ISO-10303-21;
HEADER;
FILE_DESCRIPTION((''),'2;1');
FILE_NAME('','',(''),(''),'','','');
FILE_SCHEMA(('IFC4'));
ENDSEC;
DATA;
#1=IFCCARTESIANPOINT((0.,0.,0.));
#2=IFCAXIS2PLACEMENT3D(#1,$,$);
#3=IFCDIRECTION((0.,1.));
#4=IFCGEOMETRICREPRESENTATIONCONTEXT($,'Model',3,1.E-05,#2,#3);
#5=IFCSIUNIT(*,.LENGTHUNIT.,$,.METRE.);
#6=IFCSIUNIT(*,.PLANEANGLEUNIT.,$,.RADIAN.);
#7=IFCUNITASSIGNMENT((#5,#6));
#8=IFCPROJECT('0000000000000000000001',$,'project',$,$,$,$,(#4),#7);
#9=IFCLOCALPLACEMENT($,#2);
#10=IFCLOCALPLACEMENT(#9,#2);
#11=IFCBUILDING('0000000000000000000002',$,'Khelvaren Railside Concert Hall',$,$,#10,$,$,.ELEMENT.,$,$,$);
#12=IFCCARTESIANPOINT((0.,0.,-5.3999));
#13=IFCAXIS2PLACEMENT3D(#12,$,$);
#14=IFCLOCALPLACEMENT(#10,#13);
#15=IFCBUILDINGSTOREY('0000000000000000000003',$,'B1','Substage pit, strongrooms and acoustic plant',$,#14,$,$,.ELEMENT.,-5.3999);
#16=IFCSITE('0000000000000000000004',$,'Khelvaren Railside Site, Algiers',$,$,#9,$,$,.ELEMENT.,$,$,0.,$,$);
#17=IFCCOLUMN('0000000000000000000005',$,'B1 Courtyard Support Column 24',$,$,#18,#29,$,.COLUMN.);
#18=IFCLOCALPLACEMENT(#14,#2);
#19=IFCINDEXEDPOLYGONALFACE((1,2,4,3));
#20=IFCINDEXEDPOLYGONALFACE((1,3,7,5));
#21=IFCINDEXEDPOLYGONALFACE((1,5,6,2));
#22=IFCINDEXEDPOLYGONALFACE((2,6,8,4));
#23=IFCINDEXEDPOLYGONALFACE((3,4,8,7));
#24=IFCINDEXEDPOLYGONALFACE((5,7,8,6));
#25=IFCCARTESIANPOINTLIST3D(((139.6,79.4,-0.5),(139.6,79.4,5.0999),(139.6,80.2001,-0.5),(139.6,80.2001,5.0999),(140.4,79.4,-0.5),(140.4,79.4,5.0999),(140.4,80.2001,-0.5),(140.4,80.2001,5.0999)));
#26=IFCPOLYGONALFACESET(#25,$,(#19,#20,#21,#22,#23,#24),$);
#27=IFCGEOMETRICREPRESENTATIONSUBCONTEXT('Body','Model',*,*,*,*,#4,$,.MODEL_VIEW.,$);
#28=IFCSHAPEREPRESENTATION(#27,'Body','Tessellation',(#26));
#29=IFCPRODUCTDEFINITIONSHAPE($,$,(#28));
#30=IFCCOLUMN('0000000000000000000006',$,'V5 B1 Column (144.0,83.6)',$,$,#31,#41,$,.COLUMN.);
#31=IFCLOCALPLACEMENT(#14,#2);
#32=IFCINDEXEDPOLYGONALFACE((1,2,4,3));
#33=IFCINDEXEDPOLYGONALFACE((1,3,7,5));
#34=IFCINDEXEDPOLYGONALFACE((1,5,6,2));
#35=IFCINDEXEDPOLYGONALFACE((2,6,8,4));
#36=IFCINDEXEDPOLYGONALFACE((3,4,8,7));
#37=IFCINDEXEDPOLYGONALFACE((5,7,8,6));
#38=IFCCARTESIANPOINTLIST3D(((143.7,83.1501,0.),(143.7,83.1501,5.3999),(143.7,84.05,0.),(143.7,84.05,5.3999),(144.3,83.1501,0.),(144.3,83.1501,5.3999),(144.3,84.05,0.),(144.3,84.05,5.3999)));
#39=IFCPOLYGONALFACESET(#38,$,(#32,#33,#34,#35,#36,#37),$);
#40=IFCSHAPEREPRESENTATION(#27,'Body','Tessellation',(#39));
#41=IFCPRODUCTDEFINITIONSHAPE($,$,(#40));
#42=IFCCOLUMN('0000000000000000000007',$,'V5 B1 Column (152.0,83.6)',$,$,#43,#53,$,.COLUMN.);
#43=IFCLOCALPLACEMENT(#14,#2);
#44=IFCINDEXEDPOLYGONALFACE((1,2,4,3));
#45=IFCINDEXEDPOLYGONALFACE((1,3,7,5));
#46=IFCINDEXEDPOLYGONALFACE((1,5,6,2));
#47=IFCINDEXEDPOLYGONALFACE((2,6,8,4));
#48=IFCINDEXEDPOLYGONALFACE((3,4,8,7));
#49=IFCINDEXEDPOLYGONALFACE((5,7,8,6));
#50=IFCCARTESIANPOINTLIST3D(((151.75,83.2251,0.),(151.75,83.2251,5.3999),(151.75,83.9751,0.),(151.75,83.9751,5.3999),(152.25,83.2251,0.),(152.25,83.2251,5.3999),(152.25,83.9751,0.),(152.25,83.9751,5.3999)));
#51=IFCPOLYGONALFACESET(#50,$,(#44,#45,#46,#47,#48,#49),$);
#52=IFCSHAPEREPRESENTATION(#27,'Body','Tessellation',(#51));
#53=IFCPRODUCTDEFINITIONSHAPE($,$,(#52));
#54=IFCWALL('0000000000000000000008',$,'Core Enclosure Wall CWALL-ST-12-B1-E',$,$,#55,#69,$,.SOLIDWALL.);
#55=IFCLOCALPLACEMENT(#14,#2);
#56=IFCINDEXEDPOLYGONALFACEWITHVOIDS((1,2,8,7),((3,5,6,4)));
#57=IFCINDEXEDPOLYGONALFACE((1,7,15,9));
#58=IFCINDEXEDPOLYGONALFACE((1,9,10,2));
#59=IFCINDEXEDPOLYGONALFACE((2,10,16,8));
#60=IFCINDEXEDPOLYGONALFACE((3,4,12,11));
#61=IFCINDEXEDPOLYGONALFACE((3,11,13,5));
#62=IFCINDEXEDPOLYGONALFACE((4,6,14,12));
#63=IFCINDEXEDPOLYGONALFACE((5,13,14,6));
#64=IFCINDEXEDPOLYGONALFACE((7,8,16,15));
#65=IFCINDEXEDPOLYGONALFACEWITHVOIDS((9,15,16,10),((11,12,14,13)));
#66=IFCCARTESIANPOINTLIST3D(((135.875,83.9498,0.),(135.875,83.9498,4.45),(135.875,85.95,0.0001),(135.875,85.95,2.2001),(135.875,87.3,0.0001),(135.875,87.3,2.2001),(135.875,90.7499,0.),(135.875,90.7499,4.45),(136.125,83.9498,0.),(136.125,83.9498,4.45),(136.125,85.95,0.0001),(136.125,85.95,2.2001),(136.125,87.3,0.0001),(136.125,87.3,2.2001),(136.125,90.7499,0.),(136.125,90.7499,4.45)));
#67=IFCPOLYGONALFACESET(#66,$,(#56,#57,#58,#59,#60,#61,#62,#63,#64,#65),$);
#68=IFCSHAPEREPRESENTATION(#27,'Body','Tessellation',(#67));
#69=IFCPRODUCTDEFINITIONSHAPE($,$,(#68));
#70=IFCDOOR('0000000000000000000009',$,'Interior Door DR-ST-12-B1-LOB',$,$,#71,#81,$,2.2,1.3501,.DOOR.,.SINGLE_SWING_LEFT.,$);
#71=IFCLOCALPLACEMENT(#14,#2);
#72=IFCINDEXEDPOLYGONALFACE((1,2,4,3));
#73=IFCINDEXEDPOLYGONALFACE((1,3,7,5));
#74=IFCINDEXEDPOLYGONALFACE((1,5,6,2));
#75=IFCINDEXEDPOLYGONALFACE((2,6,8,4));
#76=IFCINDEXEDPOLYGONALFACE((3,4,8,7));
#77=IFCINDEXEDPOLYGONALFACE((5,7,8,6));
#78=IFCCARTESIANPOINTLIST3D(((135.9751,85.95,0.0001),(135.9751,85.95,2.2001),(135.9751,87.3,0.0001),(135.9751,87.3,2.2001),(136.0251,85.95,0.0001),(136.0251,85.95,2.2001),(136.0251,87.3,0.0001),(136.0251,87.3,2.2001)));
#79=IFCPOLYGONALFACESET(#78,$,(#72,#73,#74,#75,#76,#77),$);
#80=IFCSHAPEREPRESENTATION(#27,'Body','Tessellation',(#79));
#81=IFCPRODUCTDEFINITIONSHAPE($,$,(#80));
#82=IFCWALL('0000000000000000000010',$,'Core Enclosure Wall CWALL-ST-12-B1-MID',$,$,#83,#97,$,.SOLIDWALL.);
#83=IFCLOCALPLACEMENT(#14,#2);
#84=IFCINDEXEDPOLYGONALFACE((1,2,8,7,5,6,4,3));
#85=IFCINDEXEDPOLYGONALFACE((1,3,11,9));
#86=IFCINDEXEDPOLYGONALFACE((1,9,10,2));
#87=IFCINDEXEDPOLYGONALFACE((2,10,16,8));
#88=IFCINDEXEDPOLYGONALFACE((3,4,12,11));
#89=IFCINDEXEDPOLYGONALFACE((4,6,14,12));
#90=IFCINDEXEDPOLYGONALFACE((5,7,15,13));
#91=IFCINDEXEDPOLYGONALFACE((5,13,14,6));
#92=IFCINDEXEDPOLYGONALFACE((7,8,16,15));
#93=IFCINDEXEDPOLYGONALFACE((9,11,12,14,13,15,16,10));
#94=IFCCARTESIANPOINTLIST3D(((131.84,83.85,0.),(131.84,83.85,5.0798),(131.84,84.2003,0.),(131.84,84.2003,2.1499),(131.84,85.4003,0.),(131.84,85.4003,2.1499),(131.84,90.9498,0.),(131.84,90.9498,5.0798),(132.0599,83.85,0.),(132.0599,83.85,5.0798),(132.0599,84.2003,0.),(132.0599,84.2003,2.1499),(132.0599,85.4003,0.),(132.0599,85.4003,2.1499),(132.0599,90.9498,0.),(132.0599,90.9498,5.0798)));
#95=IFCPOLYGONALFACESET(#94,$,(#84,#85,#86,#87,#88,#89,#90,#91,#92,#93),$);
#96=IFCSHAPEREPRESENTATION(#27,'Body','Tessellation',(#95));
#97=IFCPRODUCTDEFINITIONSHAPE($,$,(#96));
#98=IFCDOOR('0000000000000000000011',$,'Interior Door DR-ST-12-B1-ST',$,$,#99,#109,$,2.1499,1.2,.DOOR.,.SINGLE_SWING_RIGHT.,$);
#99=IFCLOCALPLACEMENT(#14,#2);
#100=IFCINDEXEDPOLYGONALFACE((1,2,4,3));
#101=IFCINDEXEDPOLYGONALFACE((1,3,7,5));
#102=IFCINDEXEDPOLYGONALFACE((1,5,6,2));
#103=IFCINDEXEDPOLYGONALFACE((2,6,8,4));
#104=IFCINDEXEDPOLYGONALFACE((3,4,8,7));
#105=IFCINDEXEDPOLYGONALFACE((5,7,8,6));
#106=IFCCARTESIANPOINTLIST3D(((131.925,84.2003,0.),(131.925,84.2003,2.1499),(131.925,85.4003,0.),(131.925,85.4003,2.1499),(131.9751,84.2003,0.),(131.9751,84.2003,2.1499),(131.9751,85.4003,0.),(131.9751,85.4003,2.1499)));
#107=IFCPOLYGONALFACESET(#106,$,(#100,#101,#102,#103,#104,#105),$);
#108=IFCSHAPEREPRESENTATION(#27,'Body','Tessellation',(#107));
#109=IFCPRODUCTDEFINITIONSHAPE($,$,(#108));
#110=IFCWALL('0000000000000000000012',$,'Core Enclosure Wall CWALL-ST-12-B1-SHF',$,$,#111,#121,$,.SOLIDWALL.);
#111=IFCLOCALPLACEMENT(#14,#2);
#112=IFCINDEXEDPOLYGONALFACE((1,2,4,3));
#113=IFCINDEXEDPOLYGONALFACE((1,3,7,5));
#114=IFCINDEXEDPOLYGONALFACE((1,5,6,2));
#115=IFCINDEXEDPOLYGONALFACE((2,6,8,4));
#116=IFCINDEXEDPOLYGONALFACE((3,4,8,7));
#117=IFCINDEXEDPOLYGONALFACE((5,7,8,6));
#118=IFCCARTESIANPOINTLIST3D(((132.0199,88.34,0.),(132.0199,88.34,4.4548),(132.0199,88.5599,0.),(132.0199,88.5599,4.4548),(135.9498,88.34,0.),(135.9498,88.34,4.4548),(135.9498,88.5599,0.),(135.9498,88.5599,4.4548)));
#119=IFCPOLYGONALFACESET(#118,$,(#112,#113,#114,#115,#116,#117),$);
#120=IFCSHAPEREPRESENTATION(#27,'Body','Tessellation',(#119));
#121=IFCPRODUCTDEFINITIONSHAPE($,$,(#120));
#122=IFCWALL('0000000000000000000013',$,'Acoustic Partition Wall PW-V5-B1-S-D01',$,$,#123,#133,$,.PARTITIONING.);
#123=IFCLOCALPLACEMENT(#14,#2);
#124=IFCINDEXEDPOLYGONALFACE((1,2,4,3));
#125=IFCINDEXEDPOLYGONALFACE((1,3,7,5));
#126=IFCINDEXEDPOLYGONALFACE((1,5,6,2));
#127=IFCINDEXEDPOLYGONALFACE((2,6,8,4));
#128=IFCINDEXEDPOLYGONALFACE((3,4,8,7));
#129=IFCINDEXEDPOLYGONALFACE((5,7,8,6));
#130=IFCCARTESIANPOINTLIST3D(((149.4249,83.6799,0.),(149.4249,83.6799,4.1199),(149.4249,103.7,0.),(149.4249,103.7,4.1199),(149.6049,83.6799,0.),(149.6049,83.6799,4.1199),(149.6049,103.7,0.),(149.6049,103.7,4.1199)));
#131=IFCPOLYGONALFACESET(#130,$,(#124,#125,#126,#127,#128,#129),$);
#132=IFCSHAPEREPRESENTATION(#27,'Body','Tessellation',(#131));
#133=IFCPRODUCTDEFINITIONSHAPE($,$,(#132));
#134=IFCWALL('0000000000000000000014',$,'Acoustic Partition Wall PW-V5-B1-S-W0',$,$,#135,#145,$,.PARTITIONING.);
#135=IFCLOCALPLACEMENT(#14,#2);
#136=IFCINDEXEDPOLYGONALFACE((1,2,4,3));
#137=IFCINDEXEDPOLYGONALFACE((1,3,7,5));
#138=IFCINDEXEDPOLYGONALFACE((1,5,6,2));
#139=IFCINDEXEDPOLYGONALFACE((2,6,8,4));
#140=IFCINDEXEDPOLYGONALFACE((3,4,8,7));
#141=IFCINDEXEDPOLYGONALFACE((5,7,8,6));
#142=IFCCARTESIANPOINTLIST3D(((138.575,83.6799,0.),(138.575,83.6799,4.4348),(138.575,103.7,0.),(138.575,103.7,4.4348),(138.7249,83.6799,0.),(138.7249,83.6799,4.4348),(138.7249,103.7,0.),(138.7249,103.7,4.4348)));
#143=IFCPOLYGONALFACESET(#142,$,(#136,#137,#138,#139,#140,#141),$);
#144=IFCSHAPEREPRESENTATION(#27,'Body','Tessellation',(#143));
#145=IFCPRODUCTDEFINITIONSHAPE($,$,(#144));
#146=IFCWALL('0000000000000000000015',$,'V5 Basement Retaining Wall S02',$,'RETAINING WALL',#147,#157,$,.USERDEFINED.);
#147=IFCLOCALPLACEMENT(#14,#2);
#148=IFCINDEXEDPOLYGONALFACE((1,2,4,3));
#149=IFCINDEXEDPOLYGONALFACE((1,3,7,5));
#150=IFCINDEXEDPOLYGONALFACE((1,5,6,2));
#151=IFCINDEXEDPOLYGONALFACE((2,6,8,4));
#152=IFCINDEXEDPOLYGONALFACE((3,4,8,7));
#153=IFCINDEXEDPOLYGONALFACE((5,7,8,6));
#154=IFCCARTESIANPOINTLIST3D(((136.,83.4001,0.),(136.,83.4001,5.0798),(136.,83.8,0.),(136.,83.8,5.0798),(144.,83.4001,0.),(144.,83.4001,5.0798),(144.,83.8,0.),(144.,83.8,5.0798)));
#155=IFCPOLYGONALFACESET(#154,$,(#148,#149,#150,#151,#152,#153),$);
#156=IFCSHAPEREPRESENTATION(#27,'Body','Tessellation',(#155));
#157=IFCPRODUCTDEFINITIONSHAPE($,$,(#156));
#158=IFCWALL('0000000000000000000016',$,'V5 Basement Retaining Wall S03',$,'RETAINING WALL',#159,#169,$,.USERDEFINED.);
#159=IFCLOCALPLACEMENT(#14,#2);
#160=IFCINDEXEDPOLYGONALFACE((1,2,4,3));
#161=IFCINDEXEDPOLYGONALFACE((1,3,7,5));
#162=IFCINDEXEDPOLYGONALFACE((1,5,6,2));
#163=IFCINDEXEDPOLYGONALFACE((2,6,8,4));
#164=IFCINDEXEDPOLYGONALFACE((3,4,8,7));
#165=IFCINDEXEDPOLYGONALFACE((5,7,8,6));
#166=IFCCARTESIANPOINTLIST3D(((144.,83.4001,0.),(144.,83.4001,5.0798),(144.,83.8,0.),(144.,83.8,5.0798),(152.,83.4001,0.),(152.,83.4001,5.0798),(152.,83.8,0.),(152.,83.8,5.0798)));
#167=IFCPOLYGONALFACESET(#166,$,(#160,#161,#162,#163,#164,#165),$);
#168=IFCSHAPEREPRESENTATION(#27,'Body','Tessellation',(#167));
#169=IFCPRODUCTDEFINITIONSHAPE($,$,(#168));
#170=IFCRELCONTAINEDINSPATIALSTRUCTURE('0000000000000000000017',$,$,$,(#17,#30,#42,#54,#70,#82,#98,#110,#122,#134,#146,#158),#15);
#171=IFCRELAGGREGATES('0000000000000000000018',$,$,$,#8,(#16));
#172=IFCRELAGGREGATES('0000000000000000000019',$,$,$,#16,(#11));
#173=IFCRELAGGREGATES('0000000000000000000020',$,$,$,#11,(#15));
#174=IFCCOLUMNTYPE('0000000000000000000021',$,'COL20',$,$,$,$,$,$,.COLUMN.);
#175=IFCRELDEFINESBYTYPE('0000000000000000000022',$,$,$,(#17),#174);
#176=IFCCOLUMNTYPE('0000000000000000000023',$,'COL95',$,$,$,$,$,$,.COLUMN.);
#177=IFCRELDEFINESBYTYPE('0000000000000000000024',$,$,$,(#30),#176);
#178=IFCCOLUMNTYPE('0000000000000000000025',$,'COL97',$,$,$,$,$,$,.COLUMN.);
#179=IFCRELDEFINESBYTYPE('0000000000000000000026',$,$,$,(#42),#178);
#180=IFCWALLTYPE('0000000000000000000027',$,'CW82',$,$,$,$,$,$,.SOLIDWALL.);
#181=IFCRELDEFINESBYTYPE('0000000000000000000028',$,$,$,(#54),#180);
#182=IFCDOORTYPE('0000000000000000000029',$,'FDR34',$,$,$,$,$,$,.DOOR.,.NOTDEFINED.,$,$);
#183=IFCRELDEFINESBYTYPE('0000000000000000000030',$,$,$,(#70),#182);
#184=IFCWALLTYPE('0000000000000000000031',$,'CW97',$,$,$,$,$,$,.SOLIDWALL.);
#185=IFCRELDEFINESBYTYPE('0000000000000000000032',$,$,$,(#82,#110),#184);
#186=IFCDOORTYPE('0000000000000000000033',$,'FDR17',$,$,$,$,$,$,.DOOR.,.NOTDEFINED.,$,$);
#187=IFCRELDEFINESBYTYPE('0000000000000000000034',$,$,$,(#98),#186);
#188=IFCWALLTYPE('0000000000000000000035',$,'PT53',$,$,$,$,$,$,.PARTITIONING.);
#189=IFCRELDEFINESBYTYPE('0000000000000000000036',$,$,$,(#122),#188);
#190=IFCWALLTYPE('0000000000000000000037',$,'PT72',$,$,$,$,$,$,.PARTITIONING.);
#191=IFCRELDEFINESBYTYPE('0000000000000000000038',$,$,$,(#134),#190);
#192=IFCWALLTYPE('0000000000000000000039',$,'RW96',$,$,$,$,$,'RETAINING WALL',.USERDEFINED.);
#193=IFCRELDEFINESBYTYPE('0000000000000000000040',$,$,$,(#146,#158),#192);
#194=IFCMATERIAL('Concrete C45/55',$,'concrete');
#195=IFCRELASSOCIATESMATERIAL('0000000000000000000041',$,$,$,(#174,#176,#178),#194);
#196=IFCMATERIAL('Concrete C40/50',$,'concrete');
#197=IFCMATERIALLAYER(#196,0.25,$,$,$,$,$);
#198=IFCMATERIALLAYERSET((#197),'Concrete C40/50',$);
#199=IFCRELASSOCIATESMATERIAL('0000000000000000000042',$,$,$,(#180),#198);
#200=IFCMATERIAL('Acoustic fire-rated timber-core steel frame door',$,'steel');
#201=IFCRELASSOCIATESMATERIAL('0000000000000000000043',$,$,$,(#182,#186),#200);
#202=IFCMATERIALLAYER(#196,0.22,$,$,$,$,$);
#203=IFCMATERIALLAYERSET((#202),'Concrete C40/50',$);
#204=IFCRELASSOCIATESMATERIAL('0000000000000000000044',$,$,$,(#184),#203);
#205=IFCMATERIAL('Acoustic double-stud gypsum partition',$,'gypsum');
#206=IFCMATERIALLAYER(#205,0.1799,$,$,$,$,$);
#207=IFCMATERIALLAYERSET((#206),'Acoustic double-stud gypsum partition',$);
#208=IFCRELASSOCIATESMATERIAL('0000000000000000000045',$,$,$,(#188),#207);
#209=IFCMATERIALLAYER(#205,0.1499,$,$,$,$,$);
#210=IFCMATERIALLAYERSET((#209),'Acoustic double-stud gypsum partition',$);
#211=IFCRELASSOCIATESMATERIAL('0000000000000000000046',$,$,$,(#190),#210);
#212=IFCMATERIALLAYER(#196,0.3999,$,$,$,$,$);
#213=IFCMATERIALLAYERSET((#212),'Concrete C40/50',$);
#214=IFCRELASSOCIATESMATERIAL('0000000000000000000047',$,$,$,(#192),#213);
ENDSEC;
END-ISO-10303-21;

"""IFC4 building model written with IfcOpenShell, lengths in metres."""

from ifc_helpers import new_model, si_unit, direction, frame, frame_2d, origin, origin_2d, place, context, subcontext, project, spatial, rectangle, extrude, material, layer, layer_set, material_profile, profile_set, type_object, element, fill, save


model = new_model("IFC4")

# Units and contexts
model_context = context("Model", 3, precision=1e-05, world=origin(), true_north=direction((0.0, 1.0)))
body_context = subcontext(model_context, "Body", "Model", "MODEL_VIEW")
ifc_project = project(units=[si_unit("LENGTHUNIT", "METRE"), si_unit("PLANEANGLEUNIT", "RADIAN")], contexts=[model_context])

# Site, building, storey
site_placement = place(None, origin())
site = spatial("IfcSite", under=ifc_project, at=site_placement, Name="Khelvaren Railside Site, Algiers", CompositionType="ELEMENT", RefElevation=0.0)
building_placement = place(site_placement, origin())
building = spatial("IfcBuilding", under=site, at=building_placement, Name="Khelvaren Railside Concert Hall", CompositionType="ELEMENT")
storey_placement = place(building_placement, frame((0.0, 0.0, -5.3999)))
storey = spatial("IfcBuildingStorey", under=building, at=storey_placement, Name="B1", Description="Substage pit, strongrooms and acoustic plant", CompositionType="ELEMENT", Elevation=-5.3999)

# Columns
ifc_material_1 = material(Name="Concrete C45/55", Category="concrete")
ifc_material_profile_1 = material_profile(ifc_material_1, rectangle(XDim=0.8, YDim=0.8, at=origin_2d()), Name="RC 800x800")
ifc_profile_set_1 = profile_set([ifc_material_profile_1], Name="Concrete C45/55")
column_type_1 = type_object("IfcColumnType", Name="COL20", PredefinedType="COLUMN", material=ifc_profile_set_1)
for number, where, z_axis, x_axis, name in (
    (1, (140.0, 79.8, -0.5), (0.0, 0.0, 1.0), (1.0, 0.0, 0.0), "B1 Courtyard Support Column 24"),
):
    element("IfcColumn", number, at=place(storey_placement, frame(where, z_axis=z_axis, x_axis=x_axis)), inside=storey, type_object=column_type_1, Name=name, PredefinedType="COLUMN", context=body_context, shape_type="SweptSolid", body=[
        extrude(rectangle(XDim=0.8, YDim=0.8, at=origin_2d()), origin(), (0.0, 0.0, 1.0), 5.5999),
    ])
ifc_material_profile_2 = material_profile(ifc_material_1, rectangle(XDim=0.6001, YDim=0.8999, at=origin_2d()), Name="RC 600x900")
ifc_profile_set_2 = profile_set([ifc_material_profile_2], Name="Concrete C45/55")
column_type_2 = type_object("IfcColumnType", Name="COL95", PredefinedType="COLUMN", material=ifc_profile_set_2)
column_1_placement = place(storey_placement, frame((144.0, 83.6001, 0.0), z_axis=(0.0, 0.0, 1.0), x_axis=(1.0, 0.0, 0.0)))
element("IfcColumn", 2, at=column_1_placement, inside=storey, type_object=column_type_2, Name="V5 B1 Column (144.0,83.6)", PredefinedType="COLUMN", context=body_context, shape_type="SweptSolid", body=[
    extrude(rectangle(XDim=0.6001, YDim=0.8999, at=origin_2d()), origin(), (0.0, 0.0, 1.0), 5.3999),
])
ifc_material_profile_3 = material_profile(ifc_material_1, rectangle(XDim=0.5, YDim=0.75, at=origin_2d()), Name="RC 500x750")
ifc_profile_set_3 = profile_set([ifc_material_profile_3], Name="Concrete C45/55")
column_type_3 = type_object("IfcColumnType", Name="COL97", PredefinedType="COLUMN", material=ifc_profile_set_3)
column_2_placement = place(storey_placement, frame((152.0, 83.6001, 0.0), z_axis=(0.0, 0.0, 1.0), x_axis=(1.0, 0.0, 0.0)))
element("IfcColumn", 3, at=column_2_placement, inside=storey, type_object=column_type_3, Name="V5 B1 Column (152.0,83.6)", PredefinedType="COLUMN", context=body_context, shape_type="SweptSolid", body=[
    extrude(rectangle(XDim=0.5, YDim=0.75, at=origin_2d()), origin(), (0.0, 0.0, 1.0), 5.3999),
])

# Walls, openings, doors
ifc_material_2 = material(Name="Concrete C40/50", Category="concrete")
ifc_layer_1 = layer(ifc_material_2, 0.25)
ifc_layer_set_1 = layer_set([ifc_layer_1], Name="Concrete C40/50")
wall_type_1 = type_object("IfcWallType", Name="CW82", PredefinedType="SOLIDWALL", material=ifc_layer_set_1)
wall_1_placement = place(storey_placement, frame((136.0, 83.95, 0.0), z_axis=(0.0, 0.0, 1.0), x_axis=(0.0, 1.0, 0.0)))
wall_1 = element("IfcWall", 4, at=wall_1_placement, inside=storey, type_object=wall_type_1, Name="Core Enclosure Wall CWALL-ST-12-B1-E", PredefinedType="SOLIDWALL", context=body_context, shape_type="SweptSolid", body=[
    extrude(rectangle(XDim=6.8, YDim=0.25, at=frame_2d((3.3999, 0.0))), origin(), (0.0, 0.0, 1.0), 4.45),
])
opening_1_placement = place(wall_1_placement, frame((2.0, 0.0, 0.0)))
opening_1 = element("IfcOpeningElement", 5, at=opening_1_placement, cuts=wall_1, PredefinedType="OPENING", context=body_context, shape_type="SweptSolid", body=[
    extrude(rectangle(XDim=1.3501, YDim=2.2, at=frame_2d((0.675, 1.1001))), frame((0.0, 0.135, 0.0), z_axis=(0.0, -1.0, 0.0), x_axis=(1.0, 0.0, 0.0)), (0.0, 0.0, 1.0), 0.27),
])
ifc_material_3 = material(Name="Acoustic fire-rated timber-core steel frame door", Category="steel")
door_type_1 = type_object("IfcDoorType", Name="FDR34", OperationType="NOTDEFINED", PredefinedType="DOOR", material=ifc_material_3)
door_1_placement = place(opening_1_placement, origin())
door_1 = element("IfcDoor", 6, at=door_1_placement, inside=storey, type_object=door_type_1, Name="Interior Door DR-ST-12-B1-LOB", OperationType="SINGLE_SWING_LEFT", OverallHeight=2.2, OverallWidth=1.3501, PredefinedType="DOOR", context=body_context, shape_type="SweptSolid", body=[
    extrude(rectangle(XDim=1.3501, YDim=2.2, at=frame_2d((0.675, 1.1001))), frame((0.0, 0.0249, 0.0), z_axis=(0.0, -1.0, 0.0), x_axis=(1.0, 0.0, 0.0)), (0.0, 0.0, 1.0), 0.05),
])
fill(opening_1, door_1)
ifc_layer_2 = layer(ifc_material_2, 0.22)
ifc_layer_set_2 = layer_set([ifc_layer_2], Name="Concrete C40/50")
wall_type_2 = type_object("IfcWallType", Name="CW97", PredefinedType="SOLIDWALL", material=ifc_layer_set_2)
wall_2_placement = place(storey_placement, frame((131.95, 83.8501, 0.0), z_axis=(0.0, 0.0, 1.0), x_axis=(0.0, 1.0, 0.0)))
wall_2 = element("IfcWall", 7, at=wall_2_placement, inside=storey, type_object=wall_type_2, Name="Core Enclosure Wall CWALL-ST-12-B1-MID", PredefinedType="SOLIDWALL", context=body_context, shape_type="SweptSolid", body=[
    extrude(rectangle(XDim=7.0999, YDim=0.22, at=frame_2d((3.5498, 0.0))), origin(), (0.0, 0.0, 1.0), 5.0798),
])
opening_2_placement = place(wall_2_placement, frame((0.3501, 0.0, 0.0)))
opening_2 = element("IfcOpeningElement", 8, at=opening_2_placement, cuts=wall_2, PredefinedType="OPENING", context=body_context, shape_type="SweptSolid", body=[
    extrude(rectangle(XDim=1.2, YDim=2.1499, at=frame_2d((0.6001, 1.075))), frame((0.0, 0.1199, 0.0), z_axis=(0.0, -1.0, 0.0), x_axis=(1.0, 0.0, 0.0)), (0.0, 0.0, 1.0), 0.24),
])
door_type_2 = type_object("IfcDoorType", Name="FDR17", OperationType="NOTDEFINED", PredefinedType="DOOR", material=ifc_material_3)
door_2_placement = place(opening_2_placement, origin())
door_2 = element("IfcDoor", 9, at=door_2_placement, inside=storey, type_object=door_type_2, Name="Interior Door DR-ST-12-B1-ST", OperationType="SINGLE_SWING_RIGHT", OverallHeight=2.1499, OverallWidth=1.2, PredefinedType="DOOR", context=body_context, shape_type="SweptSolid", body=[
    extrude(rectangle(XDim=1.2, YDim=2.1499, at=frame_2d((0.6001, 1.075))), frame((0.0, 0.0249, 0.0), z_axis=(0.0, -1.0, 0.0), x_axis=(1.0, 0.0, 0.0)), (0.0, 0.0, 1.0), 0.05),
])
fill(opening_2, door_2)

# Walls
wall_3_placement = place(storey_placement, frame((132.02, 88.45, 0.0), z_axis=(0.0, 0.0, 1.0), x_axis=(1.0, 0.0, 0.0)))
element("IfcWall", 10, at=wall_3_placement, inside=storey, type_object=wall_type_2, Name="Core Enclosure Wall CWALL-ST-12-B1-SHF", PredefinedType="SOLIDWALL", context=body_context, shape_type="SweptSolid", body=[
    extrude(rectangle(XDim=3.9299, YDim=0.22, at=frame_2d((1.9648, 0.0))), origin(), (0.0, 0.0, 1.0), 4.4548),
])
ifc_material_4 = material(Name="Acoustic double-stud gypsum partition", Category="gypsum")
ifc_layer_3 = layer(ifc_material_4, 0.1799)
ifc_layer_set_3 = layer_set([ifc_layer_3], Name="Acoustic double-stud gypsum partition")
wall_type_3 = type_object("IfcWallType", Name="PT53", PredefinedType="PARTITIONING", material=ifc_layer_set_3)
wall_4_placement = place(storey_placement, frame((149.5149, 83.6799, 0.0), z_axis=(0.0, 0.0, 1.0), x_axis=(0.0, 1.0, 0.0)))
element("IfcWall", 11, at=wall_4_placement, inside=storey, type_object=wall_type_3, Name="Acoustic Partition Wall PW-V5-B1-S-D01", PredefinedType="PARTITIONING", context=body_context, shape_type="SweptSolid", body=[
    extrude(rectangle(XDim=20.02, YDim=0.1799, at=frame_2d((10.01, 0.0))), origin(), (0.0, 0.0, 1.0), 4.1199),
])
ifc_layer_4 = layer(ifc_material_4, 0.1499)
ifc_layer_set_4 = layer_set([ifc_layer_4], Name="Acoustic double-stud gypsum partition")
wall_type_4 = type_object("IfcWallType", Name="PT72", PredefinedType="PARTITIONING", material=ifc_layer_set_4)
wall_5_placement = place(storey_placement, frame((138.6499, 83.6799, 0.0), z_axis=(0.0, 0.0, 1.0), x_axis=(0.0, 1.0, 0.0)))
element("IfcWall", 12, at=wall_5_placement, inside=storey, type_object=wall_type_4, Name="Acoustic Partition Wall PW-V5-B1-S-W0", PredefinedType="PARTITIONING", context=body_context, shape_type="SweptSolid", body=[
    extrude(rectangle(XDim=20.02, YDim=0.1499, at=frame_2d((10.01, 0.0))), origin(), (0.0, 0.0, 1.0), 4.4348),
])
ifc_layer_5 = layer(ifc_material_2, 0.3999)
ifc_layer_set_5 = layer_set([ifc_layer_5], Name="Concrete C40/50")
wall_type_5 = type_object("IfcWallType", Name="RW96", ElementType="RETAINING WALL", PredefinedType="USERDEFINED", material=ifc_layer_set_5)
for number, where, z_axis, x_axis, name in (
    (13, (136.0, 83.6001, 0.0), (0.0, 0.0, 1.0), (1.0, 0.0, 0.0), "V5 Basement Retaining Wall S02"),
    (14, (144.0, 83.6001, 0.0), (0.0, 0.0, 1.0), (1.0, 0.0, 0.0), "V5 Basement Retaining Wall S03"),
):
    element("IfcWall", number, at=place(storey_placement, frame(where, z_axis=z_axis, x_axis=x_axis)), inside=storey, type_object=wall_type_5, Name=name, ObjectType="RETAINING WALL", PredefinedType="USERDEFINED", context=body_context, shape_type="SweptSolid", body=[
        extrude(rectangle(XDim=8.0, YDim=0.3999, at=frame_2d((4.0, 0.0))), origin(), (0.0, 0.0, 1.0), 5.0798),
    ])

save(model, "model.ifc")
